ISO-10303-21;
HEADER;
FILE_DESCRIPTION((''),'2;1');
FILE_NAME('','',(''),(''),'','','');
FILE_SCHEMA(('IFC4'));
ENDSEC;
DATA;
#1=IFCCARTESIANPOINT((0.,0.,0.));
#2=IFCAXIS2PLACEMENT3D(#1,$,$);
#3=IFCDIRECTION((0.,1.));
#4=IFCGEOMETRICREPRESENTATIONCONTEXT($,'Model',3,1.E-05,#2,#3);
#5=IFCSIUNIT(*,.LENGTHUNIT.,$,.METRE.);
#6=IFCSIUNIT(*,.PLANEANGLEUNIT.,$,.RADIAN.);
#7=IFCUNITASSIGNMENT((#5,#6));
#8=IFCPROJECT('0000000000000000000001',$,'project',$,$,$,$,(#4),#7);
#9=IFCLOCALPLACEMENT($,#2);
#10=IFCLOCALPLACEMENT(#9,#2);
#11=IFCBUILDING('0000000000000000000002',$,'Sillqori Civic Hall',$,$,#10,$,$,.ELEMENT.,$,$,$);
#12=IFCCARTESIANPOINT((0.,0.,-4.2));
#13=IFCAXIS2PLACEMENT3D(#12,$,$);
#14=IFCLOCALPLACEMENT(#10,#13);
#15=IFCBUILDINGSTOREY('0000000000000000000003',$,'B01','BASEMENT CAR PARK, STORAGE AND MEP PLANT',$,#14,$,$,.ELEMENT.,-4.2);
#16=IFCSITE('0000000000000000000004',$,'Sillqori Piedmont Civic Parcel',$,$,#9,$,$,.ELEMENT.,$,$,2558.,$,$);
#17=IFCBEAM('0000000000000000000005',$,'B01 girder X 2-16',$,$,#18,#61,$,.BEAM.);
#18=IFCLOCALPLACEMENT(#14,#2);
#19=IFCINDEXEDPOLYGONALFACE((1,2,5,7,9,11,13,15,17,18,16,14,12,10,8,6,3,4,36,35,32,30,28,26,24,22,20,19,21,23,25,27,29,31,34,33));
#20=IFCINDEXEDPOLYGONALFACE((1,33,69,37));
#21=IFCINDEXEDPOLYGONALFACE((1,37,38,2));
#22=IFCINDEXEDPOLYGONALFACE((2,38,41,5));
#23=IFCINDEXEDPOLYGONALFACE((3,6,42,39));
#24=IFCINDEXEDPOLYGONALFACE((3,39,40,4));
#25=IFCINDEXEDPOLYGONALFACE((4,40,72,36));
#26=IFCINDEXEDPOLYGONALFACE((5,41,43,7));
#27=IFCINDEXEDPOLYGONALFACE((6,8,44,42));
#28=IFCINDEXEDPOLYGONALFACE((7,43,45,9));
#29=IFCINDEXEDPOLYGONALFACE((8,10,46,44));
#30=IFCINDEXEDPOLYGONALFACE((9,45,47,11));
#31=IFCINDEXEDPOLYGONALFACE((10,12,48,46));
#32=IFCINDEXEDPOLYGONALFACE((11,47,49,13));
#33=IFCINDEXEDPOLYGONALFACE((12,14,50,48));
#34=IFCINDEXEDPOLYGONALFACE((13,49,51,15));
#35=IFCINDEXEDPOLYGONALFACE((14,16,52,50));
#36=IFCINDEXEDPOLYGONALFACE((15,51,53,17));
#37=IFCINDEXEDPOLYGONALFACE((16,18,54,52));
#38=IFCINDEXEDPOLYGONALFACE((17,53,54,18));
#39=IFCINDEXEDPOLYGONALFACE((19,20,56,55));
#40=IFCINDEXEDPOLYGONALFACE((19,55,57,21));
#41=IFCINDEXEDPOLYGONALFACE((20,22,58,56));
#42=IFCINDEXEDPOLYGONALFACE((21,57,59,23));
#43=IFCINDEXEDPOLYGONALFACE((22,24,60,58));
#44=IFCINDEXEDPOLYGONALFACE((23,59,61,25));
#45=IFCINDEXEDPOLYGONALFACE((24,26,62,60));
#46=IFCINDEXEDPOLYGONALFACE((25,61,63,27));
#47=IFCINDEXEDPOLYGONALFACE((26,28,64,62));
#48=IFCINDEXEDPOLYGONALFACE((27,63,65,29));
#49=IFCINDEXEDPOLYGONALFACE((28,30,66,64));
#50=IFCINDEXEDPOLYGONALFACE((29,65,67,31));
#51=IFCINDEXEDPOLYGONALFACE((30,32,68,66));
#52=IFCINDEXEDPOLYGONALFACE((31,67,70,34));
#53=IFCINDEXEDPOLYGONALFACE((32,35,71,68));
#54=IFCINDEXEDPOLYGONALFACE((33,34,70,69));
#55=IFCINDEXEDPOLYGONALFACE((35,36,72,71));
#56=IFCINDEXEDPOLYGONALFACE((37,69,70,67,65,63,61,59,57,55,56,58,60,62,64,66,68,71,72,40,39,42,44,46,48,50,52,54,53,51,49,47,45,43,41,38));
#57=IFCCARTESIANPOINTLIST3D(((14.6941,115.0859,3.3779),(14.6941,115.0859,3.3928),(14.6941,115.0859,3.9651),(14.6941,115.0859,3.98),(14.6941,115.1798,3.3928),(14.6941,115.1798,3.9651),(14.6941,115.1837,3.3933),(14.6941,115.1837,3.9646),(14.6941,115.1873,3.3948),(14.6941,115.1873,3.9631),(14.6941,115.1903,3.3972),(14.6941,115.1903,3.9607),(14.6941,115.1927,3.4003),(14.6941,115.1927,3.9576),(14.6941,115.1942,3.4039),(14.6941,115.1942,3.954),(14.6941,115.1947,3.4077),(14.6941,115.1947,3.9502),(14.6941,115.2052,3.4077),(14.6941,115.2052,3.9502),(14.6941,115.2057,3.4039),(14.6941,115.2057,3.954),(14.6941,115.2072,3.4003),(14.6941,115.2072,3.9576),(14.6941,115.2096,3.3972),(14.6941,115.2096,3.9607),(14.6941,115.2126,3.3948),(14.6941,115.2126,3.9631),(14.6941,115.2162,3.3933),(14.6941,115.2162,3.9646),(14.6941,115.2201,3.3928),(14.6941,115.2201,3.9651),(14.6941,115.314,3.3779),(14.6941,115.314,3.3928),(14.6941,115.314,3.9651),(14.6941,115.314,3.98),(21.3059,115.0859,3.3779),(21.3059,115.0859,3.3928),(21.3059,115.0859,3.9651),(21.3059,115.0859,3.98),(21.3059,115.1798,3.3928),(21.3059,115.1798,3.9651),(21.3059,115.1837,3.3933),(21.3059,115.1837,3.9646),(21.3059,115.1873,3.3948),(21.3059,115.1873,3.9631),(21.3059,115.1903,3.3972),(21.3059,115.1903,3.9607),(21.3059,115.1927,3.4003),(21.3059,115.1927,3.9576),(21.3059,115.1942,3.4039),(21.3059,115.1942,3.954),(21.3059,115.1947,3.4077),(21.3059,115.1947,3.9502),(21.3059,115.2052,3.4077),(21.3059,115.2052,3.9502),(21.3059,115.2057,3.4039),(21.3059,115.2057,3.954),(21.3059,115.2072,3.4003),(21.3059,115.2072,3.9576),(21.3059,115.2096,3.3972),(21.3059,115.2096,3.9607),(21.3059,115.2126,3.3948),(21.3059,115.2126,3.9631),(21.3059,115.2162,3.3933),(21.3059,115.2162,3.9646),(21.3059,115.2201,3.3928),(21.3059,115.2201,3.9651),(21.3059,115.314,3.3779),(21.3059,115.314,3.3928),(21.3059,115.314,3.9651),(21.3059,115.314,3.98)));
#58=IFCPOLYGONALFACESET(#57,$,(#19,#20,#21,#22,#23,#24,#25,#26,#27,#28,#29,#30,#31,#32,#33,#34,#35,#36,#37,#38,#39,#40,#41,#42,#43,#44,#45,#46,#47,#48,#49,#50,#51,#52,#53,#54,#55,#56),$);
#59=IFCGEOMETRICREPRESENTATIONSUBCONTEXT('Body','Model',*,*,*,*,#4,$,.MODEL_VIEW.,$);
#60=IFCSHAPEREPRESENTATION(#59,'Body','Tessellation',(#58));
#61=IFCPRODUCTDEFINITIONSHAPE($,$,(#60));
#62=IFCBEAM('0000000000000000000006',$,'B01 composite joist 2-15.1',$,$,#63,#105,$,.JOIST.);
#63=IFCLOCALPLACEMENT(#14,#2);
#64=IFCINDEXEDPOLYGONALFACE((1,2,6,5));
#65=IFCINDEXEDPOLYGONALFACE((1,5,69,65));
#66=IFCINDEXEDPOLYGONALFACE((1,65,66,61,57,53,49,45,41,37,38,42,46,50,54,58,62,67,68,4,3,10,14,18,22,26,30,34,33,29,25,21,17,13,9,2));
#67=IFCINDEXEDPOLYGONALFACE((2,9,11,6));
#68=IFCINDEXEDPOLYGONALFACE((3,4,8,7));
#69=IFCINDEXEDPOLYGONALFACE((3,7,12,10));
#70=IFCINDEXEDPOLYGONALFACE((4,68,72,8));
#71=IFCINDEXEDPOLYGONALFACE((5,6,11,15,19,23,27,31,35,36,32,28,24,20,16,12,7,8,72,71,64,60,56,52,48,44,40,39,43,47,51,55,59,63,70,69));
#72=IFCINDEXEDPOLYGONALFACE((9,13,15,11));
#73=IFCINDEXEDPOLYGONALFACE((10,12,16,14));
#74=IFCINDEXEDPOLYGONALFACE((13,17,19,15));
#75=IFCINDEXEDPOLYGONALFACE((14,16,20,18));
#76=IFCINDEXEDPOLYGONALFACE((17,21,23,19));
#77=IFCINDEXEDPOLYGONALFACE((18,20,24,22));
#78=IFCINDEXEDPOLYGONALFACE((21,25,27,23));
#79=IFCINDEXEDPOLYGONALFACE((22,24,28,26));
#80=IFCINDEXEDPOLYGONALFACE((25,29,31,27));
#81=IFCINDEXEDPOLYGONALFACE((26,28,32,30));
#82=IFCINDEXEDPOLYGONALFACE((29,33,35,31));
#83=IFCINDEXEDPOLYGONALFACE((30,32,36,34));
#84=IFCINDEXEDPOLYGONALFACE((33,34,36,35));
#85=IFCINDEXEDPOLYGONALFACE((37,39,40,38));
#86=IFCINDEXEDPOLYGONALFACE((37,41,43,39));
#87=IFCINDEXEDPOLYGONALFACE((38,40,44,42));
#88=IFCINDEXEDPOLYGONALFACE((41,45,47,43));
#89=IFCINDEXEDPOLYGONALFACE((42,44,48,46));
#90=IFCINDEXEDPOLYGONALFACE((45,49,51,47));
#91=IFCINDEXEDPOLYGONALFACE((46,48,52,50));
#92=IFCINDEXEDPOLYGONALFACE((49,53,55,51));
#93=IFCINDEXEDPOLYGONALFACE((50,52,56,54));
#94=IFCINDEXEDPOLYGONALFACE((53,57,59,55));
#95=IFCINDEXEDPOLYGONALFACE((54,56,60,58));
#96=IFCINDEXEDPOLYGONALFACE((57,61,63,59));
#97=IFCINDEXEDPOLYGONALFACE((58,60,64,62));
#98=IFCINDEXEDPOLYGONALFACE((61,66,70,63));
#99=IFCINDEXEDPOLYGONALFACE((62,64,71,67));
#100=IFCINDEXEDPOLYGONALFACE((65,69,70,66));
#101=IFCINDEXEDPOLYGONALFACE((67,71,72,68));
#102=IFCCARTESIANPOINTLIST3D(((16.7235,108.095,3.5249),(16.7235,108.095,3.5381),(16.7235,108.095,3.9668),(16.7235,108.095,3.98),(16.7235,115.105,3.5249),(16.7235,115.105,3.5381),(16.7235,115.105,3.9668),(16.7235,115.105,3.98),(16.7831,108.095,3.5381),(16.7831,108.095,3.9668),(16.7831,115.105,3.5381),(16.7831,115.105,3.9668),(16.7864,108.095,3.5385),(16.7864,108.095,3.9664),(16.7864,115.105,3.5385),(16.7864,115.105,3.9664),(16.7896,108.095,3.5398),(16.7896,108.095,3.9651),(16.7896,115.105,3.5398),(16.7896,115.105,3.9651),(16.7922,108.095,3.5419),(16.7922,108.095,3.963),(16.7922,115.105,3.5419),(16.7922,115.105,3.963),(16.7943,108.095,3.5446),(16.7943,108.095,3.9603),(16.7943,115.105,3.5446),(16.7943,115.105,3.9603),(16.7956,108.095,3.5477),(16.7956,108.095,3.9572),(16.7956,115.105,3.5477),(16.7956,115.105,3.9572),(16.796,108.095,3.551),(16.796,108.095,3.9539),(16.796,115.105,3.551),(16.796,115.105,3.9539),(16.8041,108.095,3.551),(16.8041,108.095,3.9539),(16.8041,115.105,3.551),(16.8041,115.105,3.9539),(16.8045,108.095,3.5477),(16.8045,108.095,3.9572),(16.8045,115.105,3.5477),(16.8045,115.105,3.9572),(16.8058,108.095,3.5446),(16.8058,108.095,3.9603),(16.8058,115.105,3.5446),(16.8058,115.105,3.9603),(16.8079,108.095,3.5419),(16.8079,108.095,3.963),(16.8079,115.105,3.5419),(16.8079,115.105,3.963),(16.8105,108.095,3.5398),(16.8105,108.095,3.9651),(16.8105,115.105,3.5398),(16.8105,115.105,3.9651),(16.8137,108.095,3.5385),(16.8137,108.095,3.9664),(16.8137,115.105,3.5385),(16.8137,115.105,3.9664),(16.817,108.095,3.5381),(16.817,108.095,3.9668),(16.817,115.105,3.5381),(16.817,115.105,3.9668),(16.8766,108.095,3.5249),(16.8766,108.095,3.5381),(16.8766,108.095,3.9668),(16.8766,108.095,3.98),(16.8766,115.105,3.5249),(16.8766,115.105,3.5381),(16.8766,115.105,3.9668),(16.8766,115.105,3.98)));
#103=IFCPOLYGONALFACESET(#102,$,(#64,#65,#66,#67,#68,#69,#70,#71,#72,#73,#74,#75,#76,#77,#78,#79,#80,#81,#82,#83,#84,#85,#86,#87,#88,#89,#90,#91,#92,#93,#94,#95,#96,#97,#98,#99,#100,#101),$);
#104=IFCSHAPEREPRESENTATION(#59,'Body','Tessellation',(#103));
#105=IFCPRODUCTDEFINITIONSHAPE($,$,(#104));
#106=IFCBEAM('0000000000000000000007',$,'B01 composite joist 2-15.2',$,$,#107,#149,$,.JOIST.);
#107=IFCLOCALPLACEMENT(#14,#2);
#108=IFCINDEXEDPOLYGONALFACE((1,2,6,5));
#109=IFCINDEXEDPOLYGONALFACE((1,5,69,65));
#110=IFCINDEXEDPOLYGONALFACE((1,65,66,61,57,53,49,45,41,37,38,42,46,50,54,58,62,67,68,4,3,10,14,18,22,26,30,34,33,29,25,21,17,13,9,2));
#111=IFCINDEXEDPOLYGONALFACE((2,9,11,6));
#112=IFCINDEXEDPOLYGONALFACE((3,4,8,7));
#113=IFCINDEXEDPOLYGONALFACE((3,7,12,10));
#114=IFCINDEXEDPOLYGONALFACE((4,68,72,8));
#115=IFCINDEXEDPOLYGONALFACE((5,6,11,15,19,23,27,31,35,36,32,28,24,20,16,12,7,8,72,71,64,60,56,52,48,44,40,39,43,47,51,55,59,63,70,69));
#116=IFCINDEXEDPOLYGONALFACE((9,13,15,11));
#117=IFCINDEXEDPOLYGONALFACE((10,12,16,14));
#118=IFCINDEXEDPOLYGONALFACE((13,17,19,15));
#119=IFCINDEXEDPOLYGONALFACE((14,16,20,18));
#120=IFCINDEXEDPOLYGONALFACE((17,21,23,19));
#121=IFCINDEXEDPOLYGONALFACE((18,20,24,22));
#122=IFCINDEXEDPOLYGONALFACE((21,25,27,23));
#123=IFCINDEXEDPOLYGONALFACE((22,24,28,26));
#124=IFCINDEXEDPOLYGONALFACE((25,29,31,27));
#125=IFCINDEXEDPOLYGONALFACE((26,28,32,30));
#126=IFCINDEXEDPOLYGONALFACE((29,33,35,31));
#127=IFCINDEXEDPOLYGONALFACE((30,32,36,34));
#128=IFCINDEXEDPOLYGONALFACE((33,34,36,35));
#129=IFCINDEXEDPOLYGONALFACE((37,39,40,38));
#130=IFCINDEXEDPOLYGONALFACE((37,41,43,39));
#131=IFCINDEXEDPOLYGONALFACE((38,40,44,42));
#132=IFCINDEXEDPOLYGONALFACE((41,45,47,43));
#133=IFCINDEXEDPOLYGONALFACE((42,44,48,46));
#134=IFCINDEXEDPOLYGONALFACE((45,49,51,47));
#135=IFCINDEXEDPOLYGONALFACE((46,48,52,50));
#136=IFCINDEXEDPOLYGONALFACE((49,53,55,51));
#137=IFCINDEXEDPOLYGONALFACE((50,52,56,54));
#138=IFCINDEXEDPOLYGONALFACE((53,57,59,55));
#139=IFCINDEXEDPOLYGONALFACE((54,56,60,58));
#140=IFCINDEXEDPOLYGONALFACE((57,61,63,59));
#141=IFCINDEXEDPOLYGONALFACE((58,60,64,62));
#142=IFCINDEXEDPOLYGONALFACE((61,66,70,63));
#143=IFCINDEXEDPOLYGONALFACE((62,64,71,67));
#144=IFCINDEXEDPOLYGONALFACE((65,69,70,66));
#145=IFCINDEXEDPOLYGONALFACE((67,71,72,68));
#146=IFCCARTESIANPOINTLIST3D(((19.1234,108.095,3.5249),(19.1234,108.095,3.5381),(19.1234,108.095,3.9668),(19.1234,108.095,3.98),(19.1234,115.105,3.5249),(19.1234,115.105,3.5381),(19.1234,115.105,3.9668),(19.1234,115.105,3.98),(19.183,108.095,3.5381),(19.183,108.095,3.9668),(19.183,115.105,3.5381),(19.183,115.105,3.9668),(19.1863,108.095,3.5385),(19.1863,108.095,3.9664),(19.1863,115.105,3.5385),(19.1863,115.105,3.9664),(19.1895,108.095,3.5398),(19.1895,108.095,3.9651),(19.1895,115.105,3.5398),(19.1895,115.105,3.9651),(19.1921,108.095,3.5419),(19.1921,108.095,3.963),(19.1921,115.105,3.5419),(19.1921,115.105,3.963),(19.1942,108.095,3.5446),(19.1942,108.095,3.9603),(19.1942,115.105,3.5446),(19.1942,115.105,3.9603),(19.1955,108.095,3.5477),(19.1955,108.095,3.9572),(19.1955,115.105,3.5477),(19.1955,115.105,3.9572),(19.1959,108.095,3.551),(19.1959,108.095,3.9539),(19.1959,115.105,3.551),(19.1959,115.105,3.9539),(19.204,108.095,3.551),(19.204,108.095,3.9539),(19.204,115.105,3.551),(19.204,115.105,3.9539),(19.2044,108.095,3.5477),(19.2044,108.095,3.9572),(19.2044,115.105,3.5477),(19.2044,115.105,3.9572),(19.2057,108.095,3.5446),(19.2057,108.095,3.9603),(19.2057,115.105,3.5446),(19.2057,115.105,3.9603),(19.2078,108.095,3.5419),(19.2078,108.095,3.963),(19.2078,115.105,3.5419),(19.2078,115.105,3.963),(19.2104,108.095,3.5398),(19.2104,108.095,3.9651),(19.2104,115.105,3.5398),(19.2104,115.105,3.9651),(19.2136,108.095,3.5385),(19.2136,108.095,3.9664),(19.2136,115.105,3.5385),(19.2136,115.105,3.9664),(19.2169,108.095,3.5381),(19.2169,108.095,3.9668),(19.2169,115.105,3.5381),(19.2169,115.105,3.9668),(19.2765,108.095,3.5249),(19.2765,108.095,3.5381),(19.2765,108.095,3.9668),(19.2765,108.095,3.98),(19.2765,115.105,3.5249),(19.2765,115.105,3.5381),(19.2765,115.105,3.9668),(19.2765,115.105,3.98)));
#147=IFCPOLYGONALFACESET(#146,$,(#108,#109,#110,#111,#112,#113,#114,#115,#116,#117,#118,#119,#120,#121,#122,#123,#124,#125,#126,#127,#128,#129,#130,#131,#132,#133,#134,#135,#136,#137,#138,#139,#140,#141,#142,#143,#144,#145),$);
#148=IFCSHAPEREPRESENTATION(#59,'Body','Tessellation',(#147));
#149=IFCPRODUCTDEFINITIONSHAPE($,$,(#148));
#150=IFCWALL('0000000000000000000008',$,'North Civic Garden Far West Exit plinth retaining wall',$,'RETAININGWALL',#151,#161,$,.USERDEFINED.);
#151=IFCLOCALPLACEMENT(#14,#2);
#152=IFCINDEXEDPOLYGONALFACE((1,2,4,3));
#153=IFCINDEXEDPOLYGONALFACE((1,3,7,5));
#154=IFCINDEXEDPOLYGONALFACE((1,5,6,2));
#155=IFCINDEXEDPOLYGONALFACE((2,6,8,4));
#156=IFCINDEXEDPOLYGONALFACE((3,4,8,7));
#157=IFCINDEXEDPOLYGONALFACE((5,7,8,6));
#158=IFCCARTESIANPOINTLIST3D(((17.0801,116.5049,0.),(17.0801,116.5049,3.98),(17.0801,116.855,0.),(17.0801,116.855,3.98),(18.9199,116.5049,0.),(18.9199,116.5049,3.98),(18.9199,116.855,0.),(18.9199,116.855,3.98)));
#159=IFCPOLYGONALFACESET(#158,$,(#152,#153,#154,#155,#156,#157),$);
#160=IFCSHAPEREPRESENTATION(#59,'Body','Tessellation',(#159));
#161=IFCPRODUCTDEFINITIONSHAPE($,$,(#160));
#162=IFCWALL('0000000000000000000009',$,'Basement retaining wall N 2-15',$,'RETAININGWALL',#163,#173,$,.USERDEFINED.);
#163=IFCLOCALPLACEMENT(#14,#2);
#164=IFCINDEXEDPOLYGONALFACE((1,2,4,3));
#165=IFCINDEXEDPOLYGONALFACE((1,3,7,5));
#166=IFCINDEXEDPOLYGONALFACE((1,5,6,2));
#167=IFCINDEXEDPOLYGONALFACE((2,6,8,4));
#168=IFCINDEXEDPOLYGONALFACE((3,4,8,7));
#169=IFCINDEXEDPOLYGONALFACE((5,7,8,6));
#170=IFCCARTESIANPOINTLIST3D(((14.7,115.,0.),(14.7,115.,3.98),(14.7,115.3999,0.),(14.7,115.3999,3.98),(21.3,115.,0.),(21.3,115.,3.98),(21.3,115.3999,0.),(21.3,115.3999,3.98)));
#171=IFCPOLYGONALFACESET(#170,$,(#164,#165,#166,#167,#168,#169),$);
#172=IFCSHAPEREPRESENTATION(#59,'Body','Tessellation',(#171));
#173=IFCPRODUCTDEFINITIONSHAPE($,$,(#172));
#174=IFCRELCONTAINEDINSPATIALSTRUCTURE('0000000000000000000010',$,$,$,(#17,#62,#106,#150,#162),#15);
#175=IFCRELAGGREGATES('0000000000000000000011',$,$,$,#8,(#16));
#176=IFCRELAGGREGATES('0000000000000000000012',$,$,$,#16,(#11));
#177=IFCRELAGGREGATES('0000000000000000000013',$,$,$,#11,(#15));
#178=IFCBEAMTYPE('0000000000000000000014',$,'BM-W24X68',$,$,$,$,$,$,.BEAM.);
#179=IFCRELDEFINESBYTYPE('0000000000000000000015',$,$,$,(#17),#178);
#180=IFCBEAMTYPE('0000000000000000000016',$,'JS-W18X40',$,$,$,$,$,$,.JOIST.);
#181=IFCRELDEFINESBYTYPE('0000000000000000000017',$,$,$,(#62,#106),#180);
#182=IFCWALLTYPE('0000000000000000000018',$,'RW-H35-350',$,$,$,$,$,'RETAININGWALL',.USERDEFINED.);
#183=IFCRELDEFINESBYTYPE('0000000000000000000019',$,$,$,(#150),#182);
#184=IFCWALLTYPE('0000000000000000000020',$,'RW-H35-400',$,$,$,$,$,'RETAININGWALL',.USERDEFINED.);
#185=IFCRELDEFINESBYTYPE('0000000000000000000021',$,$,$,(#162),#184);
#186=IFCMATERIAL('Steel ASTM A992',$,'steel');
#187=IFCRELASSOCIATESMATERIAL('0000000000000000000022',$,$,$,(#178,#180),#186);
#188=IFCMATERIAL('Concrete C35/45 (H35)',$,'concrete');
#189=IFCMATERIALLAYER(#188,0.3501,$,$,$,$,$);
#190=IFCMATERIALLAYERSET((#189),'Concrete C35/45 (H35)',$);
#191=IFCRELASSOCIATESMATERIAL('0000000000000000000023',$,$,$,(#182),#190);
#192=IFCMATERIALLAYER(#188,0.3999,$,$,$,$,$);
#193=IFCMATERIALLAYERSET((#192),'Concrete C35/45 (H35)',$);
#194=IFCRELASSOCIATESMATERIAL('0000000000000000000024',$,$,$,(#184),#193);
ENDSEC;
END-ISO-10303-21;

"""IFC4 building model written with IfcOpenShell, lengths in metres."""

from ifc_helpers import new_model, si_unit, direction, frame, frame_2d, origin, origin_2d, place, context, subcontext, project, spatial, rectangle, i_section, extrude, material, layer, layer_set, material_profile, profile_set, type_object, element, save


model = new_model("IFC4")

# Units and contexts
model_context = context("Model", 3, precision=1e-05, world=origin(), true_north=direction((0.0, 1.0)))
body_context = subcontext(model_context, "Body", "Model", "MODEL_VIEW")
ifc_project = project(units=[si_unit("LENGTHUNIT", "METRE"), si_unit("PLANEANGLEUNIT", "RADIAN")], contexts=[model_context])

# Site, building, storey
site_placement = place(None, origin())
site = spatial("IfcSite", under=ifc_project, at=site_placement, Name="Sillqori Piedmont Civic Parcel", CompositionType="ELEMENT", RefElevation=2558.0)
building_placement = place(site_placement, origin())
building = spatial("IfcBuilding", under=site, at=building_placement, Name="Sillqori Civic Hall", CompositionType="ELEMENT")
storey_placement = place(building_placement, frame((0.0, 0.0, -4.2)))
storey = spatial("IfcBuildingStorey", under=building, at=storey_placement, Name="B01", Description="BASEMENT CAR PARK, STORAGE AND MEP PLANT", CompositionType="ELEMENT", Elevation=-4.2)

# Shared definitions
ifc_material_1 = material(Name="Concrete C35/45 (H35)", Category="concrete")

# Shared definitions
ifc_material_2 = material(Name="Steel ASTM A992", Category="steel")

# Beams
ifc_material_profile_1 = material_profile(ifc_material_2, i_section(OverallWidth=0.228, OverallDepth=0.6021, WebThickness=0.0105, FlangeThickness=0.0149, FilletRadius=0.0149, at=origin_2d()), Name="W24X68")
ifc_profile_set_1 = profile_set([ifc_material_profile_1], Name="Steel ASTM A992")
beam_type_1 = type_object("IfcBeamType", Name="BM-W24X68", PredefinedType="BEAM", material=ifc_profile_set_1)
beam_1_placement = place(storey_placement, frame((14.6941, 115.2, 3.679), z_axis=(1.0, 0.0, 0.0), x_axis=(0.0, 1.0, 0.0)))
element("IfcBeam", 1, at=beam_1_placement, inside=storey, type_object=beam_type_1, Name="B01 girder X 2-16", PredefinedType="BEAM", context=body_context, shape_type="SweptSolid", body=[
    extrude(i_section(OverallWidth=0.228, OverallDepth=0.6021, WebThickness=0.0105, FlangeThickness=0.0149, FilletRadius=0.0149, at=origin_2d()), origin(), (0.0, 0.0, 1.0), 6.6118),
])
ifc_material_profile_2 = material_profile(ifc_material_2, i_section(OverallWidth=0.1531, OverallDepth=0.4551, WebThickness=0.0081, FlangeThickness=0.0132, FilletRadius=0.0129, at=origin_2d()), Name="W18X40")
ifc_profile_set_2 = profile_set([ifc_material_profile_2], Name="Steel ASTM A992")
beam_type_2 = type_object("IfcBeamType", Name="JS-W18X40", PredefinedType="JOIST", material=ifc_profile_set_2)
for number, where, z_axis, x_axis, name in (
    (2, (16.8, 108.095, 3.7524), (0.0, 1.0, 0.0), (-1.0, 0.0, 0.0), "B01 composite joist 2-15.1"),
    (3, (19.2, 108.095, 3.7524), (0.0, 1.0, 0.0), (-1.0, 0.0, 0.0), "B01 composite joist 2-15.2"),
):
    element("IfcBeam", number, at=place(storey_placement, frame(where, z_axis=z_axis, x_axis=x_axis)), inside=storey, type_object=beam_type_2, Name=name, PredefinedType="JOIST", context=body_context, shape_type="SweptSolid", body=[
        extrude(i_section(OverallWidth=0.1531, OverallDepth=0.4551, WebThickness=0.0081, FlangeThickness=0.0132, FilletRadius=0.0129, at=origin_2d()), origin(), (0.0, 0.0, 1.0), 7.01),
    ])

# Walls
ifc_layer_1 = layer(ifc_material_1, 0.3501)
ifc_layer_set_1 = layer_set([ifc_layer_1], Name="Concrete C35/45 (H35)")
wall_type_1 = type_object("IfcWallType", Name="RW-H35-350", ElementType="RETAININGWALL", PredefinedType="USERDEFINED", material=ifc_layer_set_1)
wall_1_placement = place(storey_placement, frame((17.0801, 116.6799, 0.0), z_axis=(0.0, 0.0, 1.0), x_axis=(1.0, 0.0, 0.0)))
element("IfcWall", 4, at=wall_1_placement, inside=storey, type_object=wall_type_1, Name="North Civic Garden Far West Exit plinth retaining wall", ObjectType="RETAININGWALL", PredefinedType="USERDEFINED", context=body_context, shape_type="SweptSolid", body=[
    extrude(rectangle(XDim=1.8398, YDim=0.3501, at=frame_2d((0.9199, 0.0))), origin(), (0.0, 0.0, 1.0), 3.98),
])
ifc_layer_2 = layer(ifc_material_1, 0.3999)
ifc_layer_set_2 = layer_set([ifc_layer_2], Name="Concrete C35/45 (H35)")
wall_type_2 = type_object("IfcWallType", Name="RW-H35-400", ElementType="RETAININGWALL", PredefinedType="USERDEFINED", material=ifc_layer_set_2)
wall_2_placement = place(storey_placement, frame((14.7, 115.2, 0.0), z_axis=(0.0, 0.0, 1.0), x_axis=(1.0, 0.0, 0.0)))
element("IfcWall", 5, at=wall_2_placement, inside=storey, type_object=wall_type_2, Name="Basement retaining wall N 2-15", ObjectType="RETAININGWALL", PredefinedType="USERDEFINED", context=body_context, shape_type="SweptSolid", body=[
    extrude(rectangle(XDim=6.6001, YDim=0.3999, at=frame_2d((3.3, 0.0))), origin(), (0.0, 0.0, 1.0), 3.98),
])

save(model, "model.ifc")
